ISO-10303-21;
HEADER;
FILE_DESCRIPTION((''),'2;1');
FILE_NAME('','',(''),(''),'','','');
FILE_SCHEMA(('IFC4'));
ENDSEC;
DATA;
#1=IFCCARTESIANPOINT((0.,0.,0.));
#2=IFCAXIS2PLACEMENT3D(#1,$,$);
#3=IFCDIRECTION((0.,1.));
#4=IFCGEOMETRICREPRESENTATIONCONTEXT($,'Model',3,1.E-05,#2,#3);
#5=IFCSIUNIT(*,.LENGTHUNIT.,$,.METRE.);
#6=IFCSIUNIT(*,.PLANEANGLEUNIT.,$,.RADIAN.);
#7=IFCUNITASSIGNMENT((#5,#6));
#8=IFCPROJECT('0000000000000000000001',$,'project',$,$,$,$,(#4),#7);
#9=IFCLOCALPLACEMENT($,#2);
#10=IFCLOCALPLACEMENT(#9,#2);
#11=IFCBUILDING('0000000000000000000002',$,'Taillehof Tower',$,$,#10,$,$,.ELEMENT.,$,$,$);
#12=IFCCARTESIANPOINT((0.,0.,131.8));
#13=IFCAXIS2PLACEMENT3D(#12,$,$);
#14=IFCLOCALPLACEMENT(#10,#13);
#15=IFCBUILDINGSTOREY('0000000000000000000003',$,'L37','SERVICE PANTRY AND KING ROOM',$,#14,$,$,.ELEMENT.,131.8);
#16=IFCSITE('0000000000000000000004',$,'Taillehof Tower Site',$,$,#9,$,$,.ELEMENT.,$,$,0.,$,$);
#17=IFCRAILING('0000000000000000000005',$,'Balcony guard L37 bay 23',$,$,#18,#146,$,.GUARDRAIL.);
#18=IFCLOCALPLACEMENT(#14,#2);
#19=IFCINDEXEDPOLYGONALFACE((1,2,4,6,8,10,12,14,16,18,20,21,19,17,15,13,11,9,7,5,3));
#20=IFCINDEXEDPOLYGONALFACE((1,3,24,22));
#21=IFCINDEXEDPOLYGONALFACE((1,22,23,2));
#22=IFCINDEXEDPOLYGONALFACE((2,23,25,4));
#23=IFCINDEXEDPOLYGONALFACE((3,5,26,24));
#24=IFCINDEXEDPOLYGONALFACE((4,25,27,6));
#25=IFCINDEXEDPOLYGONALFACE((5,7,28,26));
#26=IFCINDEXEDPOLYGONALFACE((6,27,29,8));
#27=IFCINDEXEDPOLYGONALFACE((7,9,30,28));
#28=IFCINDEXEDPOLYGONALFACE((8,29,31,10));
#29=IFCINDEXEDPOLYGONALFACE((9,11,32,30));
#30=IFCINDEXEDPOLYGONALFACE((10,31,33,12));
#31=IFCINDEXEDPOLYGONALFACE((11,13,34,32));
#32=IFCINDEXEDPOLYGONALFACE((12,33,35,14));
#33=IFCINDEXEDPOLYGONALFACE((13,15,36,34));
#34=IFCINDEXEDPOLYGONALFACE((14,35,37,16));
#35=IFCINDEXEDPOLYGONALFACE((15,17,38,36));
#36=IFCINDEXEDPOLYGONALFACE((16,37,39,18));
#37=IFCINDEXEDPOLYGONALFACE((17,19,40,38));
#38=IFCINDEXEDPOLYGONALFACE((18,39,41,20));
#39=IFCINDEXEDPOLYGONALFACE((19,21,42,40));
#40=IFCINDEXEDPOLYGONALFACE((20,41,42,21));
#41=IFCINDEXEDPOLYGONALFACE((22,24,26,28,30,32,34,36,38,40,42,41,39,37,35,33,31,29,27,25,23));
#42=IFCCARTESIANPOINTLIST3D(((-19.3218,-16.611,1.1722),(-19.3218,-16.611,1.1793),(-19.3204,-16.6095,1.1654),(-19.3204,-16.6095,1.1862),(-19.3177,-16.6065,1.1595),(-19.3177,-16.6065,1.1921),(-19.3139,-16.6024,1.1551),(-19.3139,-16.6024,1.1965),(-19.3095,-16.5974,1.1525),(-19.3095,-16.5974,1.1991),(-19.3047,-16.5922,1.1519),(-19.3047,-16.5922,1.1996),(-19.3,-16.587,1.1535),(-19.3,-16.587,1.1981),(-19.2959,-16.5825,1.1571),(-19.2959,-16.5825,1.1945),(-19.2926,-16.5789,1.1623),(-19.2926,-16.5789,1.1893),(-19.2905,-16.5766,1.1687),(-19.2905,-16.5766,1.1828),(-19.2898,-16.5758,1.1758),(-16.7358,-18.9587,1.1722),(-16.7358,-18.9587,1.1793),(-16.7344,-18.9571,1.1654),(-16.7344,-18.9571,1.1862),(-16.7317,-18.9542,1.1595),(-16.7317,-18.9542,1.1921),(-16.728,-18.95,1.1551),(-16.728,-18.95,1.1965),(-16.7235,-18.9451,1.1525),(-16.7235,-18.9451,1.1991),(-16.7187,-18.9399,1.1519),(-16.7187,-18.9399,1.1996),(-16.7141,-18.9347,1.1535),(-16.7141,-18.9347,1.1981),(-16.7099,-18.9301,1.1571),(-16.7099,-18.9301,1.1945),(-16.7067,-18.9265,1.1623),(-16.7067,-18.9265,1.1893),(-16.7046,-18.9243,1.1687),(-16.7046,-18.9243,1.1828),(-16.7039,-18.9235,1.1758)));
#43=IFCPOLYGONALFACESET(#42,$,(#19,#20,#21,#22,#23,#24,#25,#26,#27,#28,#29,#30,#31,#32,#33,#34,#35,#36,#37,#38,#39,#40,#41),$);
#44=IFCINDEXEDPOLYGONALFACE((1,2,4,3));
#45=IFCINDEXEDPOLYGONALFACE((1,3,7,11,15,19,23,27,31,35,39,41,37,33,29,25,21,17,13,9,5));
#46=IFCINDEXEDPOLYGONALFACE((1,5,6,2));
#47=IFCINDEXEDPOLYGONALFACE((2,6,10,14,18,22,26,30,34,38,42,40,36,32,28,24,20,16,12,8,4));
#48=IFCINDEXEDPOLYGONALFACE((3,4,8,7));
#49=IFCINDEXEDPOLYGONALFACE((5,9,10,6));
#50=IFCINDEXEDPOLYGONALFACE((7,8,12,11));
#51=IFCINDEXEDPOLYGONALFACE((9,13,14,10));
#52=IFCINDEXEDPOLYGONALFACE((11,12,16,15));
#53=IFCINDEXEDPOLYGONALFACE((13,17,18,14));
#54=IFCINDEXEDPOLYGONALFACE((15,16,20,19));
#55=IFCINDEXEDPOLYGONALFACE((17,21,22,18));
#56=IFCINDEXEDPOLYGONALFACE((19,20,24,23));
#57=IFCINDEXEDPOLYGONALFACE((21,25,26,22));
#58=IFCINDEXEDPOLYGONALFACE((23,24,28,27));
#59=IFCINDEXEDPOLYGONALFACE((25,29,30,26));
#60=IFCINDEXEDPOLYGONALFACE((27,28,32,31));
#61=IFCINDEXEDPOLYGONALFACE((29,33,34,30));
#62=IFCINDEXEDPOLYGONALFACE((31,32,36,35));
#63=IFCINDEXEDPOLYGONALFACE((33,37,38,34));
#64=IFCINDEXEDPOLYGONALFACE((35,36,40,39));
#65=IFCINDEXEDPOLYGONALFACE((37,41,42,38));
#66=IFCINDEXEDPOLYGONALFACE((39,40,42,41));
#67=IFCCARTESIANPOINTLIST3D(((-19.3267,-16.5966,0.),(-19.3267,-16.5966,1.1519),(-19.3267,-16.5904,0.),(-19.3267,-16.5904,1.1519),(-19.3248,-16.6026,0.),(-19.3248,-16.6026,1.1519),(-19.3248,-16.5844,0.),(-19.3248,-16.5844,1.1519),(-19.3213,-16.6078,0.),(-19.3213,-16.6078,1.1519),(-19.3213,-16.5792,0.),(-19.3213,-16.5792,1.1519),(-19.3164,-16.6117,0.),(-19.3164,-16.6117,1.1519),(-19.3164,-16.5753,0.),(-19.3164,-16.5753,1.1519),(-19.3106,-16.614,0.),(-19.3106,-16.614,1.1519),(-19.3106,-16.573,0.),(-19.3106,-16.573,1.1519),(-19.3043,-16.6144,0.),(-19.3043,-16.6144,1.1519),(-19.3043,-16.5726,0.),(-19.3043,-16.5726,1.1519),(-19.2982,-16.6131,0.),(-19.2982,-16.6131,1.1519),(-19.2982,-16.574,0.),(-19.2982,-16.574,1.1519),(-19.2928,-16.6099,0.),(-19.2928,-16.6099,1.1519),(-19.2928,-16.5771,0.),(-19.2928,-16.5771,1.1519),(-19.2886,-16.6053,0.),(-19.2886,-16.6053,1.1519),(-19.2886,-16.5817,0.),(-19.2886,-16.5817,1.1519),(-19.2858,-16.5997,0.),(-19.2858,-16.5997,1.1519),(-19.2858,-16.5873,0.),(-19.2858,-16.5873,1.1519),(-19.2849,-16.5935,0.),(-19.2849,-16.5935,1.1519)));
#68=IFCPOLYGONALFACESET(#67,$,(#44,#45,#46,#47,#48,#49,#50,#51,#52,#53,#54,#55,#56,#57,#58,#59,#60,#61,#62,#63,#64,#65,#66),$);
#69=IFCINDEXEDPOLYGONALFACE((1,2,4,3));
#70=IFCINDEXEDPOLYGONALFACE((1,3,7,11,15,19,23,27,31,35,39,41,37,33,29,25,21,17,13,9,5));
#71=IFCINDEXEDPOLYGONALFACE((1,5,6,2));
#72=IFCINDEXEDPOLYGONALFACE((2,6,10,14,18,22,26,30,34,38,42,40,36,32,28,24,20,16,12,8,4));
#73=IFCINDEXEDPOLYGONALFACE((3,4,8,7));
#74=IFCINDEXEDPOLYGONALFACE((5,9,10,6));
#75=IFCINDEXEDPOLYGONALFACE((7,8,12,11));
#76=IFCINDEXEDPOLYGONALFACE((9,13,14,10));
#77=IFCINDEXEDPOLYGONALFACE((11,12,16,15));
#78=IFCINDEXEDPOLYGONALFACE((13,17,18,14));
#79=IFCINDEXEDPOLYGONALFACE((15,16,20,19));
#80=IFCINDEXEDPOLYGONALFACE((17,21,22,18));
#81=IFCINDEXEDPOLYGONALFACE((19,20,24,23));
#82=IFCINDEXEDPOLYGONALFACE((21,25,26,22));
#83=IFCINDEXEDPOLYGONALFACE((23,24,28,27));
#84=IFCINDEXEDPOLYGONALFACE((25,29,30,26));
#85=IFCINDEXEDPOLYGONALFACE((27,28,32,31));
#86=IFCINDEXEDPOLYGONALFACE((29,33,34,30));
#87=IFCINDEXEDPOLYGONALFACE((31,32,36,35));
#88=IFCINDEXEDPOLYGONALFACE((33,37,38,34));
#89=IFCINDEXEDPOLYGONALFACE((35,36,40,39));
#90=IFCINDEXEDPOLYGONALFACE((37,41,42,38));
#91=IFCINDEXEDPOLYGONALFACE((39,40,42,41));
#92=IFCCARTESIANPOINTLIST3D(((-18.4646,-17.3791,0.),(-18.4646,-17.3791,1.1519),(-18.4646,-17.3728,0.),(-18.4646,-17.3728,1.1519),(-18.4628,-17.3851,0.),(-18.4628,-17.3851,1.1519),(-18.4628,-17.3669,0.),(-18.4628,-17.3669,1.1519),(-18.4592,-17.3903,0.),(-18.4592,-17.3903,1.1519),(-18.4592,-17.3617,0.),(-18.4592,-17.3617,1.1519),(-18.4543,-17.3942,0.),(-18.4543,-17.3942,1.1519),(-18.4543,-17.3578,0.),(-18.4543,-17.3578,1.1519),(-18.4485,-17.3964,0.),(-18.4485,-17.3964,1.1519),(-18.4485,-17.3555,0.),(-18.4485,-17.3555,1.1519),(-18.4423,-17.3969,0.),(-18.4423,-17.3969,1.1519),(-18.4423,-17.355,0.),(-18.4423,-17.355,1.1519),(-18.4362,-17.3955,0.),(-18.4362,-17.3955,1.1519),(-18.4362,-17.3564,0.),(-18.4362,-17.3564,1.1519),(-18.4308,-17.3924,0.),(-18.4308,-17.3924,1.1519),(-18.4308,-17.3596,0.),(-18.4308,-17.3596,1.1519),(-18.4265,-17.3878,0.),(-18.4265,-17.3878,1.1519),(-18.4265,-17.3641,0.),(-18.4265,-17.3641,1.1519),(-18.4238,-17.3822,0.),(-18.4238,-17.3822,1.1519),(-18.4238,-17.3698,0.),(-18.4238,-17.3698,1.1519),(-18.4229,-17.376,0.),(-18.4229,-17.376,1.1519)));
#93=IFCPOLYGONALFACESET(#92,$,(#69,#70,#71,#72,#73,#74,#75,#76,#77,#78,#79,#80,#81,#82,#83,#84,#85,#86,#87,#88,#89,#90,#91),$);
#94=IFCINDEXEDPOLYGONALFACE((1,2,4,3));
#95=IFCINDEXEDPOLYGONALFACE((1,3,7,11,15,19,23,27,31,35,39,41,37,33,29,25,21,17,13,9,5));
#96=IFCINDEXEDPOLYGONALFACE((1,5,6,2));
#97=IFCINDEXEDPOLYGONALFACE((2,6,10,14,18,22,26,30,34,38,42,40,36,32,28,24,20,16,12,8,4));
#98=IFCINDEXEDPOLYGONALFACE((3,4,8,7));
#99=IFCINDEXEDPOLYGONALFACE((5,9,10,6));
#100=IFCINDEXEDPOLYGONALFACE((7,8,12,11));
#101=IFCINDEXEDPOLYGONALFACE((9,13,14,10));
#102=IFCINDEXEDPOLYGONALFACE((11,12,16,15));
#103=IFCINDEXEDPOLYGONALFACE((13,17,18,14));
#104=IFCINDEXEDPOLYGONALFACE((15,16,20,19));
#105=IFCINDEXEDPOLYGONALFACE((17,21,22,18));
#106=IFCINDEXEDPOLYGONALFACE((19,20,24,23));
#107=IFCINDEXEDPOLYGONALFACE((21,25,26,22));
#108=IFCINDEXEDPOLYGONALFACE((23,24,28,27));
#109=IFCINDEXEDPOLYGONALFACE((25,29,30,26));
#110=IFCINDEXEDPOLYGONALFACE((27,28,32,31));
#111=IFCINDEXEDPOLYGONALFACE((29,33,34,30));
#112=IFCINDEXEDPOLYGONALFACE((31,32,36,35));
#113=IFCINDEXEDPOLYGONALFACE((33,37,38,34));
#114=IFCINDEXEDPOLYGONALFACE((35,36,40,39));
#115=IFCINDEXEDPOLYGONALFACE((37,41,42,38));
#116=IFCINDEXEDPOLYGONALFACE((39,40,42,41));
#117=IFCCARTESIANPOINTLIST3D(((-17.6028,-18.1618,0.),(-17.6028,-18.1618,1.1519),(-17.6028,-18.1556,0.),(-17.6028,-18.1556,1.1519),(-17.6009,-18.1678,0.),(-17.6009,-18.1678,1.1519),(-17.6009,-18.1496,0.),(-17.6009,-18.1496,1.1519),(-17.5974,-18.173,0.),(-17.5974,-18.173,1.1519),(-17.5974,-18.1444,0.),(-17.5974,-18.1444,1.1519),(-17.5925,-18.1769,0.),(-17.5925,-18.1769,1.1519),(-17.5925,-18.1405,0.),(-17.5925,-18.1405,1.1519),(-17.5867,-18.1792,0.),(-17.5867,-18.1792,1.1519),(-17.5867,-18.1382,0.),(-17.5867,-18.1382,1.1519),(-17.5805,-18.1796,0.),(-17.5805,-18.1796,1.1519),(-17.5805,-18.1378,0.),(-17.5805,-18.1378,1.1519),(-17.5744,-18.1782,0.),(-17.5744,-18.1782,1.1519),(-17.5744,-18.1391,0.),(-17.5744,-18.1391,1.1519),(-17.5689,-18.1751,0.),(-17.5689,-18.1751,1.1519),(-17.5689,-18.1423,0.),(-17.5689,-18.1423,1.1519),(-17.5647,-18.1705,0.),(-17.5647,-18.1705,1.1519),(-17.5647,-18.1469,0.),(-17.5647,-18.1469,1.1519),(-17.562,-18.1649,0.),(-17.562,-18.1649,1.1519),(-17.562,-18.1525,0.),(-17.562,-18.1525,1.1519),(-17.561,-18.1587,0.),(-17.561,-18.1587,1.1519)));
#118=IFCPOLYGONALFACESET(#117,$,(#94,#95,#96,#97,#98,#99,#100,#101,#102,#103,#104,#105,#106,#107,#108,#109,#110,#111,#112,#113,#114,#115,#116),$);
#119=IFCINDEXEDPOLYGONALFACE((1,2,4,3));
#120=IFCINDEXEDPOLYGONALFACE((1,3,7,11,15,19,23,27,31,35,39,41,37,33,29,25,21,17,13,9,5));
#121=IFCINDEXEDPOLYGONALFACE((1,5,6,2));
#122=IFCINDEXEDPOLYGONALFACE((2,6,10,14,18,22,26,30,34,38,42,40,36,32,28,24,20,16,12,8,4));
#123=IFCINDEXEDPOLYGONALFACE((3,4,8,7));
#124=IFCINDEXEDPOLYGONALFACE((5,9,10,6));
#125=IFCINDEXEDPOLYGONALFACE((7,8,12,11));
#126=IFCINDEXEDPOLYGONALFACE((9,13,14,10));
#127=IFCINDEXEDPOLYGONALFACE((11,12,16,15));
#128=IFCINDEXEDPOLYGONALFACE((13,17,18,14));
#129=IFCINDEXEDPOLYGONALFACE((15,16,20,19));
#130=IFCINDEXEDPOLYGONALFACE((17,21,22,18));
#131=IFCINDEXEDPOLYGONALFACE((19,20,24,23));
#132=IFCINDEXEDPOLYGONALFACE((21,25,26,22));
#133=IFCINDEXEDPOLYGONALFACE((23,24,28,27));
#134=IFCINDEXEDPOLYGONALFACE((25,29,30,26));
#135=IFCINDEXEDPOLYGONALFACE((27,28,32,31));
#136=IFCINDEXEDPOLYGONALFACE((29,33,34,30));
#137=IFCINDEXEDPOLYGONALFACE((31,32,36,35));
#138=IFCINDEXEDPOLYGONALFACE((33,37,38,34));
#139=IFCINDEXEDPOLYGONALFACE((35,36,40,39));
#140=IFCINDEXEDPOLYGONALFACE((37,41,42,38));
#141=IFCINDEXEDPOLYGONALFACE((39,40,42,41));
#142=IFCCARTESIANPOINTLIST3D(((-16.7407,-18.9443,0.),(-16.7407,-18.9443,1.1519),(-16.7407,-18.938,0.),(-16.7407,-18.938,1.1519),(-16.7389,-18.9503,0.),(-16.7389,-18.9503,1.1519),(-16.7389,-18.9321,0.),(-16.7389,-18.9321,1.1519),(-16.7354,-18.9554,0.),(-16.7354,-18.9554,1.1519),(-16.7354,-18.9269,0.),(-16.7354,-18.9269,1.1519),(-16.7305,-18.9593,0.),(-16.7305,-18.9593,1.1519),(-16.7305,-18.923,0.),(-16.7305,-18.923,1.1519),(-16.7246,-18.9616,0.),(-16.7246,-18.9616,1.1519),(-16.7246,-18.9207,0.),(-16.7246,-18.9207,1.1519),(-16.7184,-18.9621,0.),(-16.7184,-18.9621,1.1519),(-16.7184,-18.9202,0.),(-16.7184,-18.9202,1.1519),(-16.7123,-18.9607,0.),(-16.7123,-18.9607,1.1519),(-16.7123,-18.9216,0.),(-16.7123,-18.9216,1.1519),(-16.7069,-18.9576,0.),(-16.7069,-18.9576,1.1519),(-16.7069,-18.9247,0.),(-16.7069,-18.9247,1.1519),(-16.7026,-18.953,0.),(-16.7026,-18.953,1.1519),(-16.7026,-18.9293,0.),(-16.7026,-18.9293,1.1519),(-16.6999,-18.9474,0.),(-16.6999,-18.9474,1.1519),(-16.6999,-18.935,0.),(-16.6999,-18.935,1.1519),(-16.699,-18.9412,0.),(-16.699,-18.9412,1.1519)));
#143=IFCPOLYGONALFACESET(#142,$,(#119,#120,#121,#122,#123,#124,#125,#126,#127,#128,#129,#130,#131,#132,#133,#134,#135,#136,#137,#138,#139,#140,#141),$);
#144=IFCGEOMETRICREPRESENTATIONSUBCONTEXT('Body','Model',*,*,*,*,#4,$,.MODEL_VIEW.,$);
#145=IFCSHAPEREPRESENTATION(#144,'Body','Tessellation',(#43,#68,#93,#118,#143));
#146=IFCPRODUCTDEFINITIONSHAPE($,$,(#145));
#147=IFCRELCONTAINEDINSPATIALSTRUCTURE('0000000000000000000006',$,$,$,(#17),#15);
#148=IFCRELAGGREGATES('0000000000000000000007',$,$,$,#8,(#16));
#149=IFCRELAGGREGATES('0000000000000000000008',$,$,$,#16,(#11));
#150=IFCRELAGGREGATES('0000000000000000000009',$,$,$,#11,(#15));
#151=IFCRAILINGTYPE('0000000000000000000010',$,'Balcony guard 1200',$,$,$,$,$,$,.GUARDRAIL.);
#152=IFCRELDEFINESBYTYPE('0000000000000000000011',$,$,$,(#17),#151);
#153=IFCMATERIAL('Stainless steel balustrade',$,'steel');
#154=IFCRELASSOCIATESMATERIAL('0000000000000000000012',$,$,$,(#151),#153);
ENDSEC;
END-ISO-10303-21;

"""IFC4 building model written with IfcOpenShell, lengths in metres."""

from ifc_helpers import new_model, si_unit, direction, frame, origin, origin_2d, place, context, subcontext, project, spatial, circle, extrude, material, type_object, element, save


model = new_model("IFC4")

# Units and contexts
model_context = context("Model", 3, precision=1e-05, world=origin(), true_north=direction((0.0, 1.0)))
body_context = subcontext(model_context, "Body", "Model", "MODEL_VIEW")
ifc_project = project(units=[si_unit("LENGTHUNIT", "METRE"), si_unit("PLANEANGLEUNIT", "RADIAN")], contexts=[model_context])

# Site, building, storey
site_placement = place(None, origin())
site = spatial("IfcSite", under=ifc_project, at=site_placement, Name="Taillehof Tower Site", CompositionType="ELEMENT", RefElevation=0.0)
building_placement = place(site_placement, origin())
building = spatial("IfcBuilding", under=site, at=building_placement, Name="Taillehof Tower", CompositionType="ELEMENT")
storey_placement = place(building_placement, frame((0.0, 0.0, 131.8)))
storey = spatial("IfcBuildingStorey", under=building, at=storey_placement, Name="L37", Description="SERVICE PANTRY AND KING ROOM", CompositionType="ELEMENT", Elevation=131.8)

# Railing
ifc_material_1 = material(Name="Stainless steel balustrade", Category="steel")
railing_type = type_object("IfcRailingType", Name="Balcony guard 1200", PredefinedType="GUARDRAIL", material=ifc_material_1)
railing_1_placement = place(storey_placement, frame((-19.3059, -16.5935, 0.0)))
element("IfcRailing", 1, at=railing_1_placement, inside=storey, type_object=railing_type, Name="Balcony guard L37 bay 23", PredefinedType="GUARDRAIL", context=body_context, shape_type="SweptSolid", body=[
    extrude(circle(Radius=0.0239, at=origin_2d()), frame((0.0, 0.0, 1.1758), z_axis=(0.740395, -0.672172, 0.0), x_axis=(0.672172, 0.740395, 0.0)), (0.0, 0.0, 1.0), 3.4927),
    extrude(circle(Radius=0.021, at=origin_2d()), origin(), (0.0, 0.0, 1.0), 1.1519),
    extrude(circle(Radius=0.021, at=origin_2d()), frame((0.8621, -0.7825, 0.0)), (0.0, 0.0, 1.0), 1.1519),
    extrude(circle(Radius=0.021, at=origin_2d()), frame((1.7239, -1.5652, 0.0)), (0.0, 0.0, 1.0), 1.1519),
    extrude(circle(Radius=0.021, at=origin_2d()), frame((2.5859, -2.3477, 0.0)), (0.0, 0.0, 1.0), 1.1519),
])

save(model, "model.ifc")
